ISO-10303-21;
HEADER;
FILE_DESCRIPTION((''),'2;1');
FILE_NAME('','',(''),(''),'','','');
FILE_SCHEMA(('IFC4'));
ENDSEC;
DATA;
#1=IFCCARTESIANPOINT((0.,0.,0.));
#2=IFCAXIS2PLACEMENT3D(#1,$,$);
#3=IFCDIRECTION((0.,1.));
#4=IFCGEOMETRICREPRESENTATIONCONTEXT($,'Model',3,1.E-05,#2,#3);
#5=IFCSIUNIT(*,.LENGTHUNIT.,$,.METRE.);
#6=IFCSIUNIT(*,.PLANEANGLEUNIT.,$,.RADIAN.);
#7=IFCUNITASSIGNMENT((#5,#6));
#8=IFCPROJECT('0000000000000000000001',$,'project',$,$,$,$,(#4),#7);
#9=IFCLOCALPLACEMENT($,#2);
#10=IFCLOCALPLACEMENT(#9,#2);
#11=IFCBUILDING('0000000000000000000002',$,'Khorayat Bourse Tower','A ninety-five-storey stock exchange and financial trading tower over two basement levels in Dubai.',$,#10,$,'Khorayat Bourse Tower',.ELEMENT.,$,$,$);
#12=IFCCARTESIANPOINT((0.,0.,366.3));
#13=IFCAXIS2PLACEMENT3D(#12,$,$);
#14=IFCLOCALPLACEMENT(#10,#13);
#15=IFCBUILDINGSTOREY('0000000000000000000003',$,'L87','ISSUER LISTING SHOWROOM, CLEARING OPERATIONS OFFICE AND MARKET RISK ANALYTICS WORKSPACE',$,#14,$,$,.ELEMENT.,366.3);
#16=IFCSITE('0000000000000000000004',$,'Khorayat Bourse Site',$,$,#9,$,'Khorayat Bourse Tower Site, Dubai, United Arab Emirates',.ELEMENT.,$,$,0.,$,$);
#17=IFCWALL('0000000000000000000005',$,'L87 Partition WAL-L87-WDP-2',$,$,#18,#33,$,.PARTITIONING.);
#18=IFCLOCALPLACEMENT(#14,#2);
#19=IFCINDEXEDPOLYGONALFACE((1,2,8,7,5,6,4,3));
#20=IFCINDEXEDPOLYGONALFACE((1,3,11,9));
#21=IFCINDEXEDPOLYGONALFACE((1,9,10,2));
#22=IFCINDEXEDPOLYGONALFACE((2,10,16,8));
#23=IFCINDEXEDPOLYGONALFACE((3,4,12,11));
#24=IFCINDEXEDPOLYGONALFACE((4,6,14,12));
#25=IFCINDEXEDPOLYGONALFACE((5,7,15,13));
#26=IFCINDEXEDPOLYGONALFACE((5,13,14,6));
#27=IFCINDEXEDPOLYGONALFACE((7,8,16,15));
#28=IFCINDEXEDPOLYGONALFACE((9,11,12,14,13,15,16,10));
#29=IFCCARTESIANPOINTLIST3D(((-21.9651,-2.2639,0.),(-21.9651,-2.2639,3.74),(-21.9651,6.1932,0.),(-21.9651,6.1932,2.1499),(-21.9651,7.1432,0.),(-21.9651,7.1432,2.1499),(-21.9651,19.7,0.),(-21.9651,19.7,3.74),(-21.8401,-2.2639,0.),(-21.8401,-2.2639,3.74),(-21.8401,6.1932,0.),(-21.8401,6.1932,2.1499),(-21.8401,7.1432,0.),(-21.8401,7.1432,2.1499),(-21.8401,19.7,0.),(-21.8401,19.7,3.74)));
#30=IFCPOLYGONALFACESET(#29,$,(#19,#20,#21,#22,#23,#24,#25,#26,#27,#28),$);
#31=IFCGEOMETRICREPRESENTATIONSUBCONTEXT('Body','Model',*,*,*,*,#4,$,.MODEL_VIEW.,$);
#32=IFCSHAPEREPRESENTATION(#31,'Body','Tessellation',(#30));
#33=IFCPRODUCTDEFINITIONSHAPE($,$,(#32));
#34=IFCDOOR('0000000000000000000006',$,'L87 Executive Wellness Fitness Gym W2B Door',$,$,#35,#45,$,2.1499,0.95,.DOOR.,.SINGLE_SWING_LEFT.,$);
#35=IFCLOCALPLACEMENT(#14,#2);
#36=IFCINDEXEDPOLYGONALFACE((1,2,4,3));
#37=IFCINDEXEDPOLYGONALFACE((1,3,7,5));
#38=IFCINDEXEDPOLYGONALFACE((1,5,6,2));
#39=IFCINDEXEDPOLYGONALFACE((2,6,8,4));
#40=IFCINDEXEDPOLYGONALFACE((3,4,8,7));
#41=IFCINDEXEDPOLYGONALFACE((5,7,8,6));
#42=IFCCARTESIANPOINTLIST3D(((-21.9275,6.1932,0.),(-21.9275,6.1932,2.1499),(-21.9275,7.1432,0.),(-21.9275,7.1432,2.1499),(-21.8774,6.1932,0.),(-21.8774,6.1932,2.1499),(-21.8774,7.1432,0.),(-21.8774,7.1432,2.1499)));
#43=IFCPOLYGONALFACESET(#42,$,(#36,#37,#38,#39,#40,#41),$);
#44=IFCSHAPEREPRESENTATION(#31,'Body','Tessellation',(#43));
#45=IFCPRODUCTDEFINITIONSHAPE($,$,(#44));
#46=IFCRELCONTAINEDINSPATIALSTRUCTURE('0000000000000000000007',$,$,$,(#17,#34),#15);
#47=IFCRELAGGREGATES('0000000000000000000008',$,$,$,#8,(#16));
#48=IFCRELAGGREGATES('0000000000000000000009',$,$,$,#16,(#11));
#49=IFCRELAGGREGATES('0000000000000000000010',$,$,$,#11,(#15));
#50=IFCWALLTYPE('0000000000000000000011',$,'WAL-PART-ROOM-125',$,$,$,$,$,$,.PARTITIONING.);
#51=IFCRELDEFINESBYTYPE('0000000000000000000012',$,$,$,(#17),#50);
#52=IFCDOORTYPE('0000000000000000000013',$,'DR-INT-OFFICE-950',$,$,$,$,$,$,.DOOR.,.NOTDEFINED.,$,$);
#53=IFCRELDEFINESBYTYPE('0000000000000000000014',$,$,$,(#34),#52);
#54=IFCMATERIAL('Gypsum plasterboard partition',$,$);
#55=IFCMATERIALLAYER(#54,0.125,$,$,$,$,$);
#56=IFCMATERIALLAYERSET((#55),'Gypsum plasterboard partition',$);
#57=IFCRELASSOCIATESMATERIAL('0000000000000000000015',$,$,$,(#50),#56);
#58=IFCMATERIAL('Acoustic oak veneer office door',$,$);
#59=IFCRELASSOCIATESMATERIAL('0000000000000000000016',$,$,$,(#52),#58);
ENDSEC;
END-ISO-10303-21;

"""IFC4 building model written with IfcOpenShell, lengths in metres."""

from ifc_helpers import new_model, si_unit, direction, frame, frame_2d, origin, place, context, subcontext, project, spatial, rectangle, extrude, source, transform, mapped, material, layer, layer_set, type_object, element, fill, save


model = new_model("IFC4")

# Units and contexts
model_context = context("Model", 3, precision=1e-05, world=origin(), true_north=direction((0.0, 1.0)))
body_context = subcontext(model_context, "Body", "Model", "MODEL_VIEW")
ifc_project = project(units=[si_unit("LENGTHUNIT", "METRE"), si_unit("PLANEANGLEUNIT", "RADIAN")], contexts=[model_context])

# Site, building, storey
site_placement = place(None, origin())
site = spatial("IfcSite", under=ifc_project, at=site_placement, Name="Khorayat Bourse Site", LongName="Khorayat Bourse Tower Site, Dubai, United Arab Emirates", CompositionType="ELEMENT", RefElevation=0.0)
building_placement = place(site_placement, origin())
building = spatial("IfcBuilding", under=site, at=building_placement, Name="Khorayat Bourse Tower", Description="A ninety-five-storey stock exchange and financial trading tower over two basement levels in Dubai.", LongName="Khorayat Bourse Tower", CompositionType="ELEMENT")
storey_placement = place(building_placement, frame((0.0, 0.0, 366.3)))
storey = spatial("IfcBuildingStorey", under=building, at=storey_placement, Name="L87", Description="ISSUER LISTING SHOWROOM, CLEARING OPERATIONS OFFICE AND MARKET RISK ANALYTICS WORKSPACE", CompositionType="ELEMENT", Elevation=366.3)

# Shared definitions
ifc_material_1 = material(Name="Gypsum plasterboard partition")
ifc_layer_1 = layer(ifc_material_1, 0.125)
ifc_layer_set_1 = layer_set([ifc_layer_1], Name="Gypsum plasterboard partition")
wall_type_1 = type_object("IfcWallType", Name="WAL-PART-ROOM-125", PredefinedType="PARTITIONING", material=ifc_layer_set_1)

# Wall, opening, door
shared_shape_1 = source(origin(), body_context, "Body", "SweptSolid", [
    extrude(rectangle(XDim=21.9639, YDim=0.125, at=frame_2d((10.9819, 0.0))), origin(), (0.0, 0.0, 1.0), 3.74),
])
wall_1_placement = place(storey_placement, frame((-21.9026, -2.2639, 0.0), z_axis=(0.0, 0.0, 1.0), x_axis=(0.0, 1.0, 0.0)))
wall_1 = element("IfcWall", 1, at=wall_1_placement, inside=storey, type_object=wall_type_1, Name="L87 Partition WAL-L87-WDP-2", PredefinedType="PARTITIONING", context=body_context, shape_type="MappedRepresentation", body=[
    mapped(shared_shape_1, transform((0.0, 0.0, 0.0), scale=1.0)),
])
shared_shape_2 = source(origin(), body_context, "Body", "SweptSolid", [
    extrude(rectangle(XDim=0.95, YDim=2.1499, at=frame_2d((0.4751, 1.075))), frame((0.0, 0.0725, 0.0), z_axis=(0.0, -1.0, 0.0), x_axis=(1.0, 0.0, 0.0)), (0.0, 0.0, 1.0), 0.145),
])
opening_1_placement = place(wall_1_placement, frame((8.457, 0.0, 0.0)))
opening_1 = element("IfcOpeningElement", 2, at=opening_1_placement, cuts=wall_1, PredefinedType="OPENING", context=body_context, shape_type="MappedRepresentation", body=[
    mapped(shared_shape_2, transform((0.0, 0.0, 0.0), scale=1.0)),
])
ifc_material_2 = material(Name="Acoustic oak veneer office door")
door_type_1 = type_object("IfcDoorType", Name="DR-INT-OFFICE-950", OperationType="NOTDEFINED", PredefinedType="DOOR", material=ifc_material_2)
shared_shape_3 = source(origin(), body_context, "Body", "SweptSolid", [
    extrude(rectangle(XDim=0.95, YDim=2.1499, at=frame_2d((0.4751, 1.075))), frame((0.0, 0.0249, 0.0), z_axis=(0.0, -1.0, 0.0), x_axis=(1.0, 0.0, 0.0)), (0.0, 0.0, 1.0), 0.05),
])
door_1_placement = place(opening_1_placement, origin())
door_1 = element("IfcDoor", 3, at=door_1_placement, inside=storey, type_object=door_type_1, Name="L87 Executive Wellness Fitness Gym W2B Door", OperationType="SINGLE_SWING_LEFT", OverallHeight=2.1499, OverallWidth=0.95, PredefinedType="DOOR", context=body_context, shape_type="MappedRepresentation", body=[
    mapped(shared_shape_3, transform((0.0, 0.0, 0.0), scale=1.0)),
])
fill(opening_1, door_1)

save(model, "model.ifc")
